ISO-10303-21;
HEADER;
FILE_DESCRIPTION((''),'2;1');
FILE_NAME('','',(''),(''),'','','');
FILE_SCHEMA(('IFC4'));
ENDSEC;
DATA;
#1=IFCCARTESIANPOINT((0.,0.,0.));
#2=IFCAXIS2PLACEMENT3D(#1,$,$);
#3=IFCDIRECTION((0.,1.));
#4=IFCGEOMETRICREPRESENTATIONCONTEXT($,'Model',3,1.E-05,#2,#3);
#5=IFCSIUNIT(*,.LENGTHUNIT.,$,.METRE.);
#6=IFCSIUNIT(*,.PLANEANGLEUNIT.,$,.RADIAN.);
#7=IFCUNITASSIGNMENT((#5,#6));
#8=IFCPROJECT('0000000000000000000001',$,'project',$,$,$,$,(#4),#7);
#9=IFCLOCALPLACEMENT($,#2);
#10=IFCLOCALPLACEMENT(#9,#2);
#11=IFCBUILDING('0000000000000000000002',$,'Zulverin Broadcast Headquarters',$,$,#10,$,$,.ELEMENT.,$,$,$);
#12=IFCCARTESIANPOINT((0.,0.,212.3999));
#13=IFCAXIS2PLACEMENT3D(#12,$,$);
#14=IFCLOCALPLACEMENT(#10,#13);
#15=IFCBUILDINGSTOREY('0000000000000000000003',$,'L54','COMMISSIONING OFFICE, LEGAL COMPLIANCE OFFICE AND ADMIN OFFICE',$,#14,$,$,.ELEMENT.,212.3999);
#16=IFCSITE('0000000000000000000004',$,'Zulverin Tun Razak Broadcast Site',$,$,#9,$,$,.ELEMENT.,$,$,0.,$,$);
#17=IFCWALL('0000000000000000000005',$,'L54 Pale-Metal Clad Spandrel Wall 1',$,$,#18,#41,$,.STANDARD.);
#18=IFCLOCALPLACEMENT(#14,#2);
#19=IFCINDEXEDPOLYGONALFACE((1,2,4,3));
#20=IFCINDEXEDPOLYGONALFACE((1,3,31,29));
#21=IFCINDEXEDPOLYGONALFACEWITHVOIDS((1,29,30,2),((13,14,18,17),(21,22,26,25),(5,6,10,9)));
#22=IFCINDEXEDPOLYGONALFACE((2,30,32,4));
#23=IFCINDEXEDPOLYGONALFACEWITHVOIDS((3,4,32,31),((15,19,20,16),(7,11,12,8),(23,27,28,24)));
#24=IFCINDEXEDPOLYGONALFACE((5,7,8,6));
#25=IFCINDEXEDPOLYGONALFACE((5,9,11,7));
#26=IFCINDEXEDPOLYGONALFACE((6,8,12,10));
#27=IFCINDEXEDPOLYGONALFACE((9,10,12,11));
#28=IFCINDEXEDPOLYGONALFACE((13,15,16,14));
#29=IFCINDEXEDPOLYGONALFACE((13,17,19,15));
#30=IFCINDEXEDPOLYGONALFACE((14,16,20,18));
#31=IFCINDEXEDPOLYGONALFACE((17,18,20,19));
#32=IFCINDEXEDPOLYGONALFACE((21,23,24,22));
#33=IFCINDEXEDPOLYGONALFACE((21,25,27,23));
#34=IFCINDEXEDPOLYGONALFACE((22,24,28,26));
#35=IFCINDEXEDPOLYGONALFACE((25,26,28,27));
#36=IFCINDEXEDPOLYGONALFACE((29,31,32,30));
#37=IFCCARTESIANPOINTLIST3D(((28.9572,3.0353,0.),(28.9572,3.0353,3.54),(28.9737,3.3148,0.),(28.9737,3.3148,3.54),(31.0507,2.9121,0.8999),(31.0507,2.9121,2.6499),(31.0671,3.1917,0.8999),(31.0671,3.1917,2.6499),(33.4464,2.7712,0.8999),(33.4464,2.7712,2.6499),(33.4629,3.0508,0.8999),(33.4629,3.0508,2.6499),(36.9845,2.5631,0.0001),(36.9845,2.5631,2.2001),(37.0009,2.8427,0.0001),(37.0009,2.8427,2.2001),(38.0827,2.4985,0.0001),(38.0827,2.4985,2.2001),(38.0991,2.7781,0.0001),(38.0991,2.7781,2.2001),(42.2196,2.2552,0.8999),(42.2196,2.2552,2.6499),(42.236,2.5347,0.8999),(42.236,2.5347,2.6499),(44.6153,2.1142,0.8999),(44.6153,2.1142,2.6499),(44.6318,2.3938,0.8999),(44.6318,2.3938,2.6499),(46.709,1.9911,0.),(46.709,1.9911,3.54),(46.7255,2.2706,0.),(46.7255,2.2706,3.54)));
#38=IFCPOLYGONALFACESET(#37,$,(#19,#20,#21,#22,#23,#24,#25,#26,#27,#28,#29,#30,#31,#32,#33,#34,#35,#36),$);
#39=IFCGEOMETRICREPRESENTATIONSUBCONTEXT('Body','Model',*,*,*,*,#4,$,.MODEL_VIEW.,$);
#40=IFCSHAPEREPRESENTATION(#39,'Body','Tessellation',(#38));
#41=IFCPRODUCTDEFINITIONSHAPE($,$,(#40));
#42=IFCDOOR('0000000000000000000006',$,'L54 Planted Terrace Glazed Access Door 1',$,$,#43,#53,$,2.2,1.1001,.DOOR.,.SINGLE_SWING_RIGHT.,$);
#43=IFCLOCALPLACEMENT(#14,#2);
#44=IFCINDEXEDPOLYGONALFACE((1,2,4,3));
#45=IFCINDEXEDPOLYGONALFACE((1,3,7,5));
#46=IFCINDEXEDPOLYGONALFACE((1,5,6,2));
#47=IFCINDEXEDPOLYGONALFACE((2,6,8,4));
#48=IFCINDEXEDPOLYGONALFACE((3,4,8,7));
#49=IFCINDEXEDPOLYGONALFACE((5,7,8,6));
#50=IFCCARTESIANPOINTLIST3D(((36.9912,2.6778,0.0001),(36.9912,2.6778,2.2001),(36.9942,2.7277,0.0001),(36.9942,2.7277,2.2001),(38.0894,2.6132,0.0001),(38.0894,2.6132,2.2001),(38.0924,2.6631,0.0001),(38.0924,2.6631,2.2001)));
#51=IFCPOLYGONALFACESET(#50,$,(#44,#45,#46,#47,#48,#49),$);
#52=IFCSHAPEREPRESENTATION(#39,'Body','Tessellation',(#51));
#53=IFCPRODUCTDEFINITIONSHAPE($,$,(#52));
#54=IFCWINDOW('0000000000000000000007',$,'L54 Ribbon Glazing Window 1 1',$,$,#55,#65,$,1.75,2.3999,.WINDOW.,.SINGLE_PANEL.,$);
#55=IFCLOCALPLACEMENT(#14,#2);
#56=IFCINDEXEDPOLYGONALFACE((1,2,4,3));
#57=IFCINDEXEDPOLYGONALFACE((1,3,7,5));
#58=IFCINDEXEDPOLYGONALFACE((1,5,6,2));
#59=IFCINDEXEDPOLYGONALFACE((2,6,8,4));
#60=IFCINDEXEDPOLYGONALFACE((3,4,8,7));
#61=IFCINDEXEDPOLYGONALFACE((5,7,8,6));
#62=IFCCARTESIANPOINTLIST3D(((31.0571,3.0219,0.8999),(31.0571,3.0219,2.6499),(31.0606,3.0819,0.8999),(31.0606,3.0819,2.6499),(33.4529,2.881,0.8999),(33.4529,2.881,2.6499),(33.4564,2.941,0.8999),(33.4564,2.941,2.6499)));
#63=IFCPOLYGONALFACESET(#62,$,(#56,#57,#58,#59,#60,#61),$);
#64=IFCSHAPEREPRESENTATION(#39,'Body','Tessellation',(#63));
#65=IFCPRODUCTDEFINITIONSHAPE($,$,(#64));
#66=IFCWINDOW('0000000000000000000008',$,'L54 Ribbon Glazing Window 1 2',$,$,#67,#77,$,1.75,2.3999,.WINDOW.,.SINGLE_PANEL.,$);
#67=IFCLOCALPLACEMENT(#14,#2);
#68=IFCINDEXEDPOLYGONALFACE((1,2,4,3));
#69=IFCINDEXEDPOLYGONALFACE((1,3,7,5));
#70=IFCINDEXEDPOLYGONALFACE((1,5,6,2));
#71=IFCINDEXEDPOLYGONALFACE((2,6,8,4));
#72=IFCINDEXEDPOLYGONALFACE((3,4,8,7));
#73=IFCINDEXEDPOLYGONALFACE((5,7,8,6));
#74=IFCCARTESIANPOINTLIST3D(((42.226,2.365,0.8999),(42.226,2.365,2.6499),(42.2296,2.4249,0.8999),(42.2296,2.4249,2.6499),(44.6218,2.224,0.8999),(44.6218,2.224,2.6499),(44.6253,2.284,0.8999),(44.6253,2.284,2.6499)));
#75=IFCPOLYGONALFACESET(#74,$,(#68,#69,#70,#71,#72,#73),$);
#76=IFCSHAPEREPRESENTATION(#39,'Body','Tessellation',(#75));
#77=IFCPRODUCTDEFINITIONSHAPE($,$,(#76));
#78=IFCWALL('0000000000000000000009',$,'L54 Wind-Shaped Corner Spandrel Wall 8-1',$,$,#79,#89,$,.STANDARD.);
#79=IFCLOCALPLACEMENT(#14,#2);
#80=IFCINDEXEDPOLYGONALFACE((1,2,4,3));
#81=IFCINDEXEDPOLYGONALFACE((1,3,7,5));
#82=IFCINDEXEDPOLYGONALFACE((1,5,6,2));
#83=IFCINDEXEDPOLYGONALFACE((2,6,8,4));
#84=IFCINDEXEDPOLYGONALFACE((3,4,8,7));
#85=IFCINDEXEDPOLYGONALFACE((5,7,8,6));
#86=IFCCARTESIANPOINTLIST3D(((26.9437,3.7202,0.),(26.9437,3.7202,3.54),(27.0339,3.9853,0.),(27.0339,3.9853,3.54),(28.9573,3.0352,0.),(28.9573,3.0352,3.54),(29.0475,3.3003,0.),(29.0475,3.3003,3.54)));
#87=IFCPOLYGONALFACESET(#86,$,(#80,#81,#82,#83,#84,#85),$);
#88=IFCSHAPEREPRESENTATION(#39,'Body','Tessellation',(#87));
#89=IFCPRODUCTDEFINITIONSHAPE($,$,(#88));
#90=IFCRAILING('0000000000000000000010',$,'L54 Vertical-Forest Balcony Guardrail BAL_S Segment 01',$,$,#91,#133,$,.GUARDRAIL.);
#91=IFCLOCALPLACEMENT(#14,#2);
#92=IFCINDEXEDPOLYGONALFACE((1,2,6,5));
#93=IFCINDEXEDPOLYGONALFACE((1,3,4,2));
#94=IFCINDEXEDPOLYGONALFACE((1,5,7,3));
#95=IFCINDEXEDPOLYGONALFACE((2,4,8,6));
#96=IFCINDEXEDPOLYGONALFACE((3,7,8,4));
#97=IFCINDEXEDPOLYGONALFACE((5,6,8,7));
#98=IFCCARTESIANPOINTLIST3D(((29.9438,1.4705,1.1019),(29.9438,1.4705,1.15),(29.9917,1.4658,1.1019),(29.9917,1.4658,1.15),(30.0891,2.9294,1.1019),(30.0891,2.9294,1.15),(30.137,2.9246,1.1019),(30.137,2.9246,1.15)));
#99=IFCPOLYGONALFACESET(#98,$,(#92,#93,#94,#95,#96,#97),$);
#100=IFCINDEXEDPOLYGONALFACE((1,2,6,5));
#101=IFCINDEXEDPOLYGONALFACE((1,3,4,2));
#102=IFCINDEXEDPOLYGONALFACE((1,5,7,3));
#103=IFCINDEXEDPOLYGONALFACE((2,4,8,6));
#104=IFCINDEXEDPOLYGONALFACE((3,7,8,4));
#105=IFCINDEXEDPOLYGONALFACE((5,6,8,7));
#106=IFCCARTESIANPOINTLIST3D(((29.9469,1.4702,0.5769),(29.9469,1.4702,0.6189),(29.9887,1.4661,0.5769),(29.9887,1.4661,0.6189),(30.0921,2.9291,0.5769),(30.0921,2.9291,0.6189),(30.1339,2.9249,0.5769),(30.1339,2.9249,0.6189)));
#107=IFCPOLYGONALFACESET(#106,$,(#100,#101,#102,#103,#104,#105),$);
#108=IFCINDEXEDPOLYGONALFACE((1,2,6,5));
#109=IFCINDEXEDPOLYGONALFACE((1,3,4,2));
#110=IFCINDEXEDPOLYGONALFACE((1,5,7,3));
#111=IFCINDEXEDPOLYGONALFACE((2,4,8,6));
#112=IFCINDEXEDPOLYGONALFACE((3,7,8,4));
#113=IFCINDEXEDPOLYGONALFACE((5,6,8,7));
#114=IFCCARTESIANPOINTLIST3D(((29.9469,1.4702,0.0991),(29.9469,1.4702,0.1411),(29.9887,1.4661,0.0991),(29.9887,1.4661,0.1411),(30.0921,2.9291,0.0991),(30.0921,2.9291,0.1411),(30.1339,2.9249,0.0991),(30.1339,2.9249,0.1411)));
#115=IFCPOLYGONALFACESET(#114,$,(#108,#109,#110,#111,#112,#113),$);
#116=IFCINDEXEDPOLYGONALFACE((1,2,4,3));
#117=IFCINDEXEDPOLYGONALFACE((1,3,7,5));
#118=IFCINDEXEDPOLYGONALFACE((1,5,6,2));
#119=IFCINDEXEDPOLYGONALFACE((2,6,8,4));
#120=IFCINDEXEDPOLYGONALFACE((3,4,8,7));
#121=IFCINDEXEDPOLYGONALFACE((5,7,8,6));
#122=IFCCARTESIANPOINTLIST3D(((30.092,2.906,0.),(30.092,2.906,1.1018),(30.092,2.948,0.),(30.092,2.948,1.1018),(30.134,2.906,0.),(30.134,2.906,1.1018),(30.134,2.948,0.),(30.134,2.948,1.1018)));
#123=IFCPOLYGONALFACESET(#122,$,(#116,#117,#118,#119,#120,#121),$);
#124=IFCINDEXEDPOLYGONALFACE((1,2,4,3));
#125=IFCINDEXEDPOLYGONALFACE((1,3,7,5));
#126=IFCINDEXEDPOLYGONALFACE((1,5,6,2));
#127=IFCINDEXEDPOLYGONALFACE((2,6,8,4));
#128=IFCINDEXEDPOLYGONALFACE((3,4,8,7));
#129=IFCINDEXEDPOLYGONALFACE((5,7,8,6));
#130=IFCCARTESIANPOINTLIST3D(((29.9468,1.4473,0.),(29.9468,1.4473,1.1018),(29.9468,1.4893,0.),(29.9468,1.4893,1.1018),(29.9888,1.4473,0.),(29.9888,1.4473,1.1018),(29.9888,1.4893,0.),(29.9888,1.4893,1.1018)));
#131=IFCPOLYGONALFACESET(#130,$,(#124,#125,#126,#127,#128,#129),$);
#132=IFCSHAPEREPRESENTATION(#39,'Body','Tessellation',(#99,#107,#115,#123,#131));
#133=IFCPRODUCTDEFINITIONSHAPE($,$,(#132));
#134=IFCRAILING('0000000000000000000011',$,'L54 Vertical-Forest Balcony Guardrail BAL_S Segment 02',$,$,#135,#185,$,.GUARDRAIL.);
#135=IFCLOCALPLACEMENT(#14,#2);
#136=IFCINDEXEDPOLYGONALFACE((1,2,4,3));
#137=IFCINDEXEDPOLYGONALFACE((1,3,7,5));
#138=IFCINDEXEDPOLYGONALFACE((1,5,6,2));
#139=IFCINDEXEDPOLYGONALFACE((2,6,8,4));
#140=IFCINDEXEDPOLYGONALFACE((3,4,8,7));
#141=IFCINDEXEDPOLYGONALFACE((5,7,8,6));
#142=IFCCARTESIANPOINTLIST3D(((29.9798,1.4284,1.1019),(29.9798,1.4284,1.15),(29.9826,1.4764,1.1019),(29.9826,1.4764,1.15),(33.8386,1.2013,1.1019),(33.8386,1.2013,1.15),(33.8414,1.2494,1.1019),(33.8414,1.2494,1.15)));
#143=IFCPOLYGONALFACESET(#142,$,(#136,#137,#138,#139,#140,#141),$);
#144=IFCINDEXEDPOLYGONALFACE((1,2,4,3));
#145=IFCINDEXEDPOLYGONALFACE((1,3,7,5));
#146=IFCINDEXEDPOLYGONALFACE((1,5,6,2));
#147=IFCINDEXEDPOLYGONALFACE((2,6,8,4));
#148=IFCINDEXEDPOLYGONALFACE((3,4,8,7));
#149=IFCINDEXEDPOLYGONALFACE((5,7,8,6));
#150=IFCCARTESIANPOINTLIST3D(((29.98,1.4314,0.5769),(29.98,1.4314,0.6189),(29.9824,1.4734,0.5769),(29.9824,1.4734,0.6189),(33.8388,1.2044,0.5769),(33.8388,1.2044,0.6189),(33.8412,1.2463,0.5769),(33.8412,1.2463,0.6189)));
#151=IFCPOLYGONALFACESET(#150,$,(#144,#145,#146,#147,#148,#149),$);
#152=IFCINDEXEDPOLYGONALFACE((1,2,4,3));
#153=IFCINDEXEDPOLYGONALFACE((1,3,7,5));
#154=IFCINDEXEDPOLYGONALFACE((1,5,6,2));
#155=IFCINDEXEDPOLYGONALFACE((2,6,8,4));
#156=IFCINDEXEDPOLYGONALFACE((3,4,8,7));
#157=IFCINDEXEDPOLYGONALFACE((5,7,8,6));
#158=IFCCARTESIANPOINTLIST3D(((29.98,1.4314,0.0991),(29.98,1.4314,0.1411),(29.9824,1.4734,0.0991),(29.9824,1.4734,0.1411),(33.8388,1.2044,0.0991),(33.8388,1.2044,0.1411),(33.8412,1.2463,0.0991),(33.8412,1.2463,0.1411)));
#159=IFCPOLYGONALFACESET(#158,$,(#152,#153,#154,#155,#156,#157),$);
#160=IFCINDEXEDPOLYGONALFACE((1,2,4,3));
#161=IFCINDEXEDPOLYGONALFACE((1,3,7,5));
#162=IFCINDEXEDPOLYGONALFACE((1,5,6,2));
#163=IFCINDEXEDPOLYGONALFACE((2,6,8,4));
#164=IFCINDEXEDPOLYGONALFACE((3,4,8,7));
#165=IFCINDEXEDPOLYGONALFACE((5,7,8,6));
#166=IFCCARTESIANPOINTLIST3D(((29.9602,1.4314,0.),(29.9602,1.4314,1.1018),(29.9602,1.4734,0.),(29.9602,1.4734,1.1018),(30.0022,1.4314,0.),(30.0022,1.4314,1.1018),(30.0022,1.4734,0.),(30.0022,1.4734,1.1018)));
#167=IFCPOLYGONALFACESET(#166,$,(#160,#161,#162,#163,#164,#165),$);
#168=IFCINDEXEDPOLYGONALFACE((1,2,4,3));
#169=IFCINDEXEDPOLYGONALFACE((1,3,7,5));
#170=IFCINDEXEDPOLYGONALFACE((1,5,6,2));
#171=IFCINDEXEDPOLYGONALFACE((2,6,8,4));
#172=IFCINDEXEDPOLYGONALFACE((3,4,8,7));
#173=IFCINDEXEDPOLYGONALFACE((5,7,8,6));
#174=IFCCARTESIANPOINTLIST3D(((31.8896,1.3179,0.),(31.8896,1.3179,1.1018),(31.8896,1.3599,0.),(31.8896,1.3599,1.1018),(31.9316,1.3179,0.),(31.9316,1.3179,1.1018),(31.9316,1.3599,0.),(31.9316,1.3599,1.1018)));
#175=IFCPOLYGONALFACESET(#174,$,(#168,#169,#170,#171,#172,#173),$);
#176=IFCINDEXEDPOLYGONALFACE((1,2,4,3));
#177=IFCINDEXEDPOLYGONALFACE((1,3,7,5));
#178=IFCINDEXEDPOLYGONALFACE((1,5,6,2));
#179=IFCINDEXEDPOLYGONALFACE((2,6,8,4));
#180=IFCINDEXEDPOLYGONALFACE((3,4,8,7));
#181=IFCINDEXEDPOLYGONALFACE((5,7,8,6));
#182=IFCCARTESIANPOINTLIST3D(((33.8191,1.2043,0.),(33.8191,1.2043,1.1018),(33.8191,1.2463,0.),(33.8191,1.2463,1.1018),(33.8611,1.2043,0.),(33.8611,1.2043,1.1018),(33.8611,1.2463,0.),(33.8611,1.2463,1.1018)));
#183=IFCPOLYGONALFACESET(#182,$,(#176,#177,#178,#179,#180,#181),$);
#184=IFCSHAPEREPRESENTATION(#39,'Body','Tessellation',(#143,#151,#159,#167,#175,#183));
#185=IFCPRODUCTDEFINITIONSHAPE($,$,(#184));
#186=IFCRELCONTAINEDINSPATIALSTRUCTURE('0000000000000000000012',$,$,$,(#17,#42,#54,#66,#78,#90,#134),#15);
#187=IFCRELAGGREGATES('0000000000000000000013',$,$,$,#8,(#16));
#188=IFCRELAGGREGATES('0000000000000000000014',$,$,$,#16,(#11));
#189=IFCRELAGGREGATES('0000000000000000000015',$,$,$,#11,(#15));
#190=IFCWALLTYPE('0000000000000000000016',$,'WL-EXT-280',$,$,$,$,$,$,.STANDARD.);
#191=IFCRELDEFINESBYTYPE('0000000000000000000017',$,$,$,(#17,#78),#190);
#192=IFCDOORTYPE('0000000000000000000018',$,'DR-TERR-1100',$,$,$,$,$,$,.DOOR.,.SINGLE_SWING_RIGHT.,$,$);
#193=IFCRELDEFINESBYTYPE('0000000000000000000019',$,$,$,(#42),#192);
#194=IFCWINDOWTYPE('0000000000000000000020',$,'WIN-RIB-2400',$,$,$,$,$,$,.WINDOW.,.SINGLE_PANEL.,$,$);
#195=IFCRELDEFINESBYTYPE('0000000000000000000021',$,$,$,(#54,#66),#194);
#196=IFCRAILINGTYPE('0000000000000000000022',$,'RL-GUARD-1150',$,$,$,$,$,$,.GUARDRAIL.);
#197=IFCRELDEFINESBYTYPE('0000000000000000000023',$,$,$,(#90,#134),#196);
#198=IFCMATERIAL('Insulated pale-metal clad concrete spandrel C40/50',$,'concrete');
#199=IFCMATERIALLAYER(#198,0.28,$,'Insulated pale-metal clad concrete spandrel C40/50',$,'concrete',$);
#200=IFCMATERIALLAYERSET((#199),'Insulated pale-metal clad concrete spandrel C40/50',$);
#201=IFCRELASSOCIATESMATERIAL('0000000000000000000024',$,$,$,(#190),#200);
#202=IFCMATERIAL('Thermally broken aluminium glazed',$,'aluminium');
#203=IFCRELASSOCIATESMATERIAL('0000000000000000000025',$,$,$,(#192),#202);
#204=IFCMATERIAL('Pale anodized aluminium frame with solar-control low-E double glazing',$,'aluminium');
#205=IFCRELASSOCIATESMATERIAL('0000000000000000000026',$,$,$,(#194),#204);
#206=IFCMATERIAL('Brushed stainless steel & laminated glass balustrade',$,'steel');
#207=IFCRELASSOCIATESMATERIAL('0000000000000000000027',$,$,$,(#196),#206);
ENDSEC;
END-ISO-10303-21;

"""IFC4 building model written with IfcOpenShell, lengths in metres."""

from ifc_helpers import new_model, si_unit, direction, frame, frame_2d, origin, origin_2d, place, context, subcontext, project, spatial, rectangle, extrude, material, layer, layer_set, type_object, element, fill, save


model = new_model("IFC4")

# Units and contexts
model_context = context("Model", 3, precision=1e-05, world=origin(), true_north=direction((0.0, 1.0)))
body_context = subcontext(model_context, "Body", "Model", "MODEL_VIEW")
ifc_project = project(units=[si_unit("LENGTHUNIT", "METRE"), si_unit("PLANEANGLEUNIT", "RADIAN")], contexts=[model_context])

# Site, building, storey
site_placement = place(None, origin())
site = spatial("IfcSite", under=ifc_project, at=site_placement, Name="Zulverin Tun Razak Broadcast Site", CompositionType="ELEMENT", RefElevation=0.0)
building_placement = place(site_placement, origin())
building = spatial("IfcBuilding", under=site, at=building_placement, Name="Zulverin Broadcast Headquarters", CompositionType="ELEMENT")
storey_placement = place(building_placement, frame((0.0, 0.0, 212.3999)))
storey = spatial("IfcBuildingStorey", under=building, at=storey_placement, Name="L54", Description="COMMISSIONING OFFICE, LEGAL COMPLIANCE OFFICE AND ADMIN OFFICE", CompositionType="ELEMENT", Elevation=212.3999)

# Wall, openings, door, windows
ifc_material_1 = material(Name="Insulated pale-metal clad concrete spandrel C40/50", Category="concrete")
ifc_layer = layer(ifc_material_1, 0.28, Name="Insulated pale-metal clad concrete spandrel C40/50", Category="concrete")
ifc_layer_set = layer_set([ifc_layer], Name="Insulated pale-metal clad concrete spandrel C40/50")
wall_type = type_object("IfcWallType", Name="WL-EXT-280", PredefinedType="STANDARD", material=ifc_layer_set)
wall_1_placement = place(storey_placement, frame((28.9656, 3.175, 0.0), z_axis=(0.0, 0.0, 1.0), x_axis=(0.998274, -0.05872, 0.0)))
wall_1 = element("IfcWall", 1, at=wall_1_placement, inside=storey, type_object=wall_type, Name="L54 Pale-Metal Clad Spandrel Wall 1", PredefinedType="STANDARD", context=body_context, shape_type="SweptSolid", body=[
    extrude(rectangle(XDim=17.7825, YDim=0.28, at=frame_2d((8.8911, 0.0))), origin(), (0.0, 0.0, 1.0), 3.54),
])
opening_1_placement = place(wall_1_placement, frame((8.041, 0.0, 0.0)))
opening_1 = element("IfcOpeningElement", 2, at=opening_1_placement, cuts=wall_1, PredefinedType="OPENING", context=body_context, shape_type="SweptSolid", body=[
    extrude(rectangle(XDim=1.1001, YDim=2.2, at=frame_2d((0.55, 1.1001))), frame((0.0, 0.1499, 0.0), z_axis=(0.0, -1.0, 0.0), x_axis=(1.0, 0.0, 0.0)), (0.0, 0.0, 1.0), 0.3),
])
opening_2_placement = place(wall_1_placement, frame((2.0969, 0.0, 0.8999)))
opening_2 = element("IfcOpeningElement", 3, at=opening_2_placement, cuts=wall_1, PredefinedType="OPENING", context=body_context, shape_type="SweptSolid", body=[
    extrude(rectangle(XDim=2.3999, YDim=1.75, at=frame_2d((1.2, 0.875))), frame((0.0, 0.1499, 0.0), z_axis=(0.0, -1.0, 0.0), x_axis=(1.0, 0.0, 0.0)), (0.0, 0.0, 1.0), 0.3),
])
opening_3_placement = place(wall_1_placement, frame((13.2852, 0.0, 0.8999)))
opening_3 = element("IfcOpeningElement", 4, at=opening_3_placement, cuts=wall_1, PredefinedType="OPENING", context=body_context, shape_type="SweptSolid", body=[
    extrude(rectangle(XDim=2.3999, YDim=1.75, at=frame_2d((1.2, 0.875))), frame((0.0, 0.1499, 0.0), z_axis=(0.0, -1.0, 0.0), x_axis=(1.0, 0.0, 0.0)), (0.0, 0.0, 1.0), 0.3),
])
ifc_material_2 = material(Name="Thermally broken aluminium glazed", Category="aluminium")
door_type = type_object("IfcDoorType", Name="DR-TERR-1100", OperationType="SINGLE_SWING_RIGHT", PredefinedType="DOOR", material=ifc_material_2)
door_placement = place(opening_1_placement, origin())
door = element("IfcDoor", 5, at=door_placement, inside=storey, type_object=door_type, Name="L54 Planted Terrace Glazed Access Door 1", OperationType="SINGLE_SWING_RIGHT", OverallHeight=2.2, OverallWidth=1.1001, PredefinedType="DOOR", context=body_context, shape_type="SweptSolid", body=[
    extrude(rectangle(XDim=1.1001, YDim=2.2, at=frame_2d((0.55, 1.1001))), frame((0.0, 0.0249, 0.0), z_axis=(0.0, -1.0, 0.0), x_axis=(1.0, 0.0, 0.0)), (0.0, 0.0, 1.0), 0.05),
])
fill(opening_1, door)
ifc_material_3 = material(Name="Pale anodized aluminium frame with solar-control low-E double glazing", Category="aluminium")
window_type = type_object("IfcWindowType", Name="WIN-RIB-2400", PartitioningType="SINGLE_PANEL", PredefinedType="WINDOW", material=ifc_material_3)
window_1_placement = place(opening_2_placement, origin())
window_1 = element("IfcWindow", 6, at=window_1_placement, inside=storey, type_object=window_type, Name="L54 Ribbon Glazing Window 1 1", OverallHeight=1.75, OverallWidth=2.3999, PartitioningType="SINGLE_PANEL", PredefinedType="WINDOW", context=body_context, shape_type="SweptSolid", body=[
    extrude(rectangle(XDim=2.3999, YDim=1.75, at=frame_2d((1.2, 0.875))), frame((0.0, 0.03, 0.0), z_axis=(0.0, -1.0, 0.0), x_axis=(1.0, 0.0, 0.0)), (0.0, 0.0, 1.0), 0.0601),
])
fill(opening_2, window_1)
window_2_placement = place(opening_3_placement, origin())
window_2 = element("IfcWindow", 7, at=window_2_placement, inside=storey, type_object=window_type, Name="L54 Ribbon Glazing Window 1 2", OverallHeight=1.75, OverallWidth=2.3999, PartitioningType="SINGLE_PANEL", PredefinedType="WINDOW", context=body_context, shape_type="SweptSolid", body=[
    extrude(rectangle(XDim=2.3999, YDim=1.75, at=frame_2d((1.2, 0.875))), frame((0.0, 0.03, 0.0), z_axis=(0.0, -1.0, 0.0), x_axis=(1.0, 0.0, 0.0)), (0.0, 0.0, 1.0), 0.0601),
])
fill(opening_3, window_2)

# Wall
wall_2_placement = place(storey_placement, frame((26.9888, 3.8528, 0.0), z_axis=(0.0, 0.0, 1.0), x_axis=(0.946714, -0.322076, 0.0)))
element("IfcWall", 8, at=wall_2_placement, inside=storey, type_object=wall_type, Name="L54 Wind-Shaped Corner Spandrel Wall 8-1", PredefinedType="STANDARD", context=body_context, shape_type="SweptSolid", body=[
    extrude(rectangle(XDim=2.127, YDim=0.28, at=frame_2d((1.0635, 0.0))), origin(), (0.0, 0.0, 1.0), 3.54),
])

# Railings
ifc_material_4 = material(Name="Brushed stainless steel & laminated glass balustrade", Category="steel")
railing_type = type_object("IfcRailingType", Name="RL-GUARD-1150", PredefinedType="GUARDRAIL", material=ifc_material_4)
railing_1_placement = place(storey_placement, frame((30.113, 2.927, 0.0)))
element("IfcRailing", 9, at=railing_1_placement, inside=storey, type_object=railing_type, Name="L54 Vertical-Forest Balcony Guardrail BAL_S Segment 01", PredefinedType="GUARDRAIL", context=body_context, shape_type="SweptSolid", body=[
    extrude(rectangle(XDim=0.0481, YDim=0.0481, at=origin_2d()), frame((0.0, 0.0, 1.126), z_axis=(-0.099091, -0.995078, 0.0), x_axis=(0.995078, -0.099091, 0.0)), (0.0, 0.0, 1.0), 1.4661),
    extrude(rectangle(XDim=0.042, YDim=0.042, at=origin_2d()), frame((0.0, 0.0, 0.5979), z_axis=(-0.099091, -0.995078, 0.0), x_axis=(0.995078, -0.099091, 0.0)), (0.0, 0.0, 1.0), 1.4661),
    extrude(rectangle(XDim=0.042, YDim=0.042, at=origin_2d()), frame((0.0, 0.0, 0.1201), z_axis=(-0.099091, -0.995078, 0.0), x_axis=(0.995078, -0.099091, 0.0)), (0.0, 0.0, 1.0), 1.4661),
    extrude(rectangle(XDim=0.042, YDim=0.042, at=origin_2d()), origin(), (0.0, 0.0, 1.0), 1.1018),
    extrude(rectangle(XDim=0.042, YDim=0.042, at=origin_2d()), frame((-0.1453, -1.4587, 0.0)), (0.0, 0.0, 1.0), 1.1018),
])
railing_2_placement = place(storey_placement, frame((29.9812, 1.4524, 0.0)))
element("IfcRailing", 10, at=railing_2_placement, inside=storey, type_object=railing_type, Name="L54 Vertical-Forest Balcony Guardrail BAL_S Segment 02", PredefinedType="GUARDRAIL", context=body_context, shape_type="SweptSolid", body=[
    extrude(rectangle(XDim=0.0481, YDim=0.0481, at=origin_2d()), frame((0.0, 0.0, 1.126), z_axis=(0.998274, -0.058737, 0.0), x_axis=(0.058737, 0.998274, 0.0)), (0.0, 0.0, 1.0), 3.8655),
    extrude(rectangle(XDim=0.042, YDim=0.042, at=origin_2d()), frame((0.0, 0.0, 0.5979), z_axis=(0.998274, -0.058737, 0.0), x_axis=(0.058737, 0.998274, 0.0)), (0.0, 0.0, 1.0), 3.8655),
    extrude(rectangle(XDim=0.042, YDim=0.042, at=origin_2d()), frame((0.0, 0.0, 0.1201), z_axis=(0.998274, -0.058737, 0.0), x_axis=(0.058737, 0.998274, 0.0)), (0.0, 0.0, 1.0), 3.8655),
    extrude(rectangle(XDim=0.042, YDim=0.042, at=origin_2d()), origin(), (0.0, 0.0, 1.0), 1.1018),
    extrude(rectangle(XDim=0.042, YDim=0.042, at=origin_2d()), frame((1.9294, -0.1135, 0.0)), (0.0, 0.0, 1.0), 1.1018),
    extrude(rectangle(XDim=0.042, YDim=0.042, at=origin_2d()), frame((3.8589, -0.2271, 0.0)), (0.0, 0.0, 1.0), 1.1018),
])

save(model, "model.ifc")
